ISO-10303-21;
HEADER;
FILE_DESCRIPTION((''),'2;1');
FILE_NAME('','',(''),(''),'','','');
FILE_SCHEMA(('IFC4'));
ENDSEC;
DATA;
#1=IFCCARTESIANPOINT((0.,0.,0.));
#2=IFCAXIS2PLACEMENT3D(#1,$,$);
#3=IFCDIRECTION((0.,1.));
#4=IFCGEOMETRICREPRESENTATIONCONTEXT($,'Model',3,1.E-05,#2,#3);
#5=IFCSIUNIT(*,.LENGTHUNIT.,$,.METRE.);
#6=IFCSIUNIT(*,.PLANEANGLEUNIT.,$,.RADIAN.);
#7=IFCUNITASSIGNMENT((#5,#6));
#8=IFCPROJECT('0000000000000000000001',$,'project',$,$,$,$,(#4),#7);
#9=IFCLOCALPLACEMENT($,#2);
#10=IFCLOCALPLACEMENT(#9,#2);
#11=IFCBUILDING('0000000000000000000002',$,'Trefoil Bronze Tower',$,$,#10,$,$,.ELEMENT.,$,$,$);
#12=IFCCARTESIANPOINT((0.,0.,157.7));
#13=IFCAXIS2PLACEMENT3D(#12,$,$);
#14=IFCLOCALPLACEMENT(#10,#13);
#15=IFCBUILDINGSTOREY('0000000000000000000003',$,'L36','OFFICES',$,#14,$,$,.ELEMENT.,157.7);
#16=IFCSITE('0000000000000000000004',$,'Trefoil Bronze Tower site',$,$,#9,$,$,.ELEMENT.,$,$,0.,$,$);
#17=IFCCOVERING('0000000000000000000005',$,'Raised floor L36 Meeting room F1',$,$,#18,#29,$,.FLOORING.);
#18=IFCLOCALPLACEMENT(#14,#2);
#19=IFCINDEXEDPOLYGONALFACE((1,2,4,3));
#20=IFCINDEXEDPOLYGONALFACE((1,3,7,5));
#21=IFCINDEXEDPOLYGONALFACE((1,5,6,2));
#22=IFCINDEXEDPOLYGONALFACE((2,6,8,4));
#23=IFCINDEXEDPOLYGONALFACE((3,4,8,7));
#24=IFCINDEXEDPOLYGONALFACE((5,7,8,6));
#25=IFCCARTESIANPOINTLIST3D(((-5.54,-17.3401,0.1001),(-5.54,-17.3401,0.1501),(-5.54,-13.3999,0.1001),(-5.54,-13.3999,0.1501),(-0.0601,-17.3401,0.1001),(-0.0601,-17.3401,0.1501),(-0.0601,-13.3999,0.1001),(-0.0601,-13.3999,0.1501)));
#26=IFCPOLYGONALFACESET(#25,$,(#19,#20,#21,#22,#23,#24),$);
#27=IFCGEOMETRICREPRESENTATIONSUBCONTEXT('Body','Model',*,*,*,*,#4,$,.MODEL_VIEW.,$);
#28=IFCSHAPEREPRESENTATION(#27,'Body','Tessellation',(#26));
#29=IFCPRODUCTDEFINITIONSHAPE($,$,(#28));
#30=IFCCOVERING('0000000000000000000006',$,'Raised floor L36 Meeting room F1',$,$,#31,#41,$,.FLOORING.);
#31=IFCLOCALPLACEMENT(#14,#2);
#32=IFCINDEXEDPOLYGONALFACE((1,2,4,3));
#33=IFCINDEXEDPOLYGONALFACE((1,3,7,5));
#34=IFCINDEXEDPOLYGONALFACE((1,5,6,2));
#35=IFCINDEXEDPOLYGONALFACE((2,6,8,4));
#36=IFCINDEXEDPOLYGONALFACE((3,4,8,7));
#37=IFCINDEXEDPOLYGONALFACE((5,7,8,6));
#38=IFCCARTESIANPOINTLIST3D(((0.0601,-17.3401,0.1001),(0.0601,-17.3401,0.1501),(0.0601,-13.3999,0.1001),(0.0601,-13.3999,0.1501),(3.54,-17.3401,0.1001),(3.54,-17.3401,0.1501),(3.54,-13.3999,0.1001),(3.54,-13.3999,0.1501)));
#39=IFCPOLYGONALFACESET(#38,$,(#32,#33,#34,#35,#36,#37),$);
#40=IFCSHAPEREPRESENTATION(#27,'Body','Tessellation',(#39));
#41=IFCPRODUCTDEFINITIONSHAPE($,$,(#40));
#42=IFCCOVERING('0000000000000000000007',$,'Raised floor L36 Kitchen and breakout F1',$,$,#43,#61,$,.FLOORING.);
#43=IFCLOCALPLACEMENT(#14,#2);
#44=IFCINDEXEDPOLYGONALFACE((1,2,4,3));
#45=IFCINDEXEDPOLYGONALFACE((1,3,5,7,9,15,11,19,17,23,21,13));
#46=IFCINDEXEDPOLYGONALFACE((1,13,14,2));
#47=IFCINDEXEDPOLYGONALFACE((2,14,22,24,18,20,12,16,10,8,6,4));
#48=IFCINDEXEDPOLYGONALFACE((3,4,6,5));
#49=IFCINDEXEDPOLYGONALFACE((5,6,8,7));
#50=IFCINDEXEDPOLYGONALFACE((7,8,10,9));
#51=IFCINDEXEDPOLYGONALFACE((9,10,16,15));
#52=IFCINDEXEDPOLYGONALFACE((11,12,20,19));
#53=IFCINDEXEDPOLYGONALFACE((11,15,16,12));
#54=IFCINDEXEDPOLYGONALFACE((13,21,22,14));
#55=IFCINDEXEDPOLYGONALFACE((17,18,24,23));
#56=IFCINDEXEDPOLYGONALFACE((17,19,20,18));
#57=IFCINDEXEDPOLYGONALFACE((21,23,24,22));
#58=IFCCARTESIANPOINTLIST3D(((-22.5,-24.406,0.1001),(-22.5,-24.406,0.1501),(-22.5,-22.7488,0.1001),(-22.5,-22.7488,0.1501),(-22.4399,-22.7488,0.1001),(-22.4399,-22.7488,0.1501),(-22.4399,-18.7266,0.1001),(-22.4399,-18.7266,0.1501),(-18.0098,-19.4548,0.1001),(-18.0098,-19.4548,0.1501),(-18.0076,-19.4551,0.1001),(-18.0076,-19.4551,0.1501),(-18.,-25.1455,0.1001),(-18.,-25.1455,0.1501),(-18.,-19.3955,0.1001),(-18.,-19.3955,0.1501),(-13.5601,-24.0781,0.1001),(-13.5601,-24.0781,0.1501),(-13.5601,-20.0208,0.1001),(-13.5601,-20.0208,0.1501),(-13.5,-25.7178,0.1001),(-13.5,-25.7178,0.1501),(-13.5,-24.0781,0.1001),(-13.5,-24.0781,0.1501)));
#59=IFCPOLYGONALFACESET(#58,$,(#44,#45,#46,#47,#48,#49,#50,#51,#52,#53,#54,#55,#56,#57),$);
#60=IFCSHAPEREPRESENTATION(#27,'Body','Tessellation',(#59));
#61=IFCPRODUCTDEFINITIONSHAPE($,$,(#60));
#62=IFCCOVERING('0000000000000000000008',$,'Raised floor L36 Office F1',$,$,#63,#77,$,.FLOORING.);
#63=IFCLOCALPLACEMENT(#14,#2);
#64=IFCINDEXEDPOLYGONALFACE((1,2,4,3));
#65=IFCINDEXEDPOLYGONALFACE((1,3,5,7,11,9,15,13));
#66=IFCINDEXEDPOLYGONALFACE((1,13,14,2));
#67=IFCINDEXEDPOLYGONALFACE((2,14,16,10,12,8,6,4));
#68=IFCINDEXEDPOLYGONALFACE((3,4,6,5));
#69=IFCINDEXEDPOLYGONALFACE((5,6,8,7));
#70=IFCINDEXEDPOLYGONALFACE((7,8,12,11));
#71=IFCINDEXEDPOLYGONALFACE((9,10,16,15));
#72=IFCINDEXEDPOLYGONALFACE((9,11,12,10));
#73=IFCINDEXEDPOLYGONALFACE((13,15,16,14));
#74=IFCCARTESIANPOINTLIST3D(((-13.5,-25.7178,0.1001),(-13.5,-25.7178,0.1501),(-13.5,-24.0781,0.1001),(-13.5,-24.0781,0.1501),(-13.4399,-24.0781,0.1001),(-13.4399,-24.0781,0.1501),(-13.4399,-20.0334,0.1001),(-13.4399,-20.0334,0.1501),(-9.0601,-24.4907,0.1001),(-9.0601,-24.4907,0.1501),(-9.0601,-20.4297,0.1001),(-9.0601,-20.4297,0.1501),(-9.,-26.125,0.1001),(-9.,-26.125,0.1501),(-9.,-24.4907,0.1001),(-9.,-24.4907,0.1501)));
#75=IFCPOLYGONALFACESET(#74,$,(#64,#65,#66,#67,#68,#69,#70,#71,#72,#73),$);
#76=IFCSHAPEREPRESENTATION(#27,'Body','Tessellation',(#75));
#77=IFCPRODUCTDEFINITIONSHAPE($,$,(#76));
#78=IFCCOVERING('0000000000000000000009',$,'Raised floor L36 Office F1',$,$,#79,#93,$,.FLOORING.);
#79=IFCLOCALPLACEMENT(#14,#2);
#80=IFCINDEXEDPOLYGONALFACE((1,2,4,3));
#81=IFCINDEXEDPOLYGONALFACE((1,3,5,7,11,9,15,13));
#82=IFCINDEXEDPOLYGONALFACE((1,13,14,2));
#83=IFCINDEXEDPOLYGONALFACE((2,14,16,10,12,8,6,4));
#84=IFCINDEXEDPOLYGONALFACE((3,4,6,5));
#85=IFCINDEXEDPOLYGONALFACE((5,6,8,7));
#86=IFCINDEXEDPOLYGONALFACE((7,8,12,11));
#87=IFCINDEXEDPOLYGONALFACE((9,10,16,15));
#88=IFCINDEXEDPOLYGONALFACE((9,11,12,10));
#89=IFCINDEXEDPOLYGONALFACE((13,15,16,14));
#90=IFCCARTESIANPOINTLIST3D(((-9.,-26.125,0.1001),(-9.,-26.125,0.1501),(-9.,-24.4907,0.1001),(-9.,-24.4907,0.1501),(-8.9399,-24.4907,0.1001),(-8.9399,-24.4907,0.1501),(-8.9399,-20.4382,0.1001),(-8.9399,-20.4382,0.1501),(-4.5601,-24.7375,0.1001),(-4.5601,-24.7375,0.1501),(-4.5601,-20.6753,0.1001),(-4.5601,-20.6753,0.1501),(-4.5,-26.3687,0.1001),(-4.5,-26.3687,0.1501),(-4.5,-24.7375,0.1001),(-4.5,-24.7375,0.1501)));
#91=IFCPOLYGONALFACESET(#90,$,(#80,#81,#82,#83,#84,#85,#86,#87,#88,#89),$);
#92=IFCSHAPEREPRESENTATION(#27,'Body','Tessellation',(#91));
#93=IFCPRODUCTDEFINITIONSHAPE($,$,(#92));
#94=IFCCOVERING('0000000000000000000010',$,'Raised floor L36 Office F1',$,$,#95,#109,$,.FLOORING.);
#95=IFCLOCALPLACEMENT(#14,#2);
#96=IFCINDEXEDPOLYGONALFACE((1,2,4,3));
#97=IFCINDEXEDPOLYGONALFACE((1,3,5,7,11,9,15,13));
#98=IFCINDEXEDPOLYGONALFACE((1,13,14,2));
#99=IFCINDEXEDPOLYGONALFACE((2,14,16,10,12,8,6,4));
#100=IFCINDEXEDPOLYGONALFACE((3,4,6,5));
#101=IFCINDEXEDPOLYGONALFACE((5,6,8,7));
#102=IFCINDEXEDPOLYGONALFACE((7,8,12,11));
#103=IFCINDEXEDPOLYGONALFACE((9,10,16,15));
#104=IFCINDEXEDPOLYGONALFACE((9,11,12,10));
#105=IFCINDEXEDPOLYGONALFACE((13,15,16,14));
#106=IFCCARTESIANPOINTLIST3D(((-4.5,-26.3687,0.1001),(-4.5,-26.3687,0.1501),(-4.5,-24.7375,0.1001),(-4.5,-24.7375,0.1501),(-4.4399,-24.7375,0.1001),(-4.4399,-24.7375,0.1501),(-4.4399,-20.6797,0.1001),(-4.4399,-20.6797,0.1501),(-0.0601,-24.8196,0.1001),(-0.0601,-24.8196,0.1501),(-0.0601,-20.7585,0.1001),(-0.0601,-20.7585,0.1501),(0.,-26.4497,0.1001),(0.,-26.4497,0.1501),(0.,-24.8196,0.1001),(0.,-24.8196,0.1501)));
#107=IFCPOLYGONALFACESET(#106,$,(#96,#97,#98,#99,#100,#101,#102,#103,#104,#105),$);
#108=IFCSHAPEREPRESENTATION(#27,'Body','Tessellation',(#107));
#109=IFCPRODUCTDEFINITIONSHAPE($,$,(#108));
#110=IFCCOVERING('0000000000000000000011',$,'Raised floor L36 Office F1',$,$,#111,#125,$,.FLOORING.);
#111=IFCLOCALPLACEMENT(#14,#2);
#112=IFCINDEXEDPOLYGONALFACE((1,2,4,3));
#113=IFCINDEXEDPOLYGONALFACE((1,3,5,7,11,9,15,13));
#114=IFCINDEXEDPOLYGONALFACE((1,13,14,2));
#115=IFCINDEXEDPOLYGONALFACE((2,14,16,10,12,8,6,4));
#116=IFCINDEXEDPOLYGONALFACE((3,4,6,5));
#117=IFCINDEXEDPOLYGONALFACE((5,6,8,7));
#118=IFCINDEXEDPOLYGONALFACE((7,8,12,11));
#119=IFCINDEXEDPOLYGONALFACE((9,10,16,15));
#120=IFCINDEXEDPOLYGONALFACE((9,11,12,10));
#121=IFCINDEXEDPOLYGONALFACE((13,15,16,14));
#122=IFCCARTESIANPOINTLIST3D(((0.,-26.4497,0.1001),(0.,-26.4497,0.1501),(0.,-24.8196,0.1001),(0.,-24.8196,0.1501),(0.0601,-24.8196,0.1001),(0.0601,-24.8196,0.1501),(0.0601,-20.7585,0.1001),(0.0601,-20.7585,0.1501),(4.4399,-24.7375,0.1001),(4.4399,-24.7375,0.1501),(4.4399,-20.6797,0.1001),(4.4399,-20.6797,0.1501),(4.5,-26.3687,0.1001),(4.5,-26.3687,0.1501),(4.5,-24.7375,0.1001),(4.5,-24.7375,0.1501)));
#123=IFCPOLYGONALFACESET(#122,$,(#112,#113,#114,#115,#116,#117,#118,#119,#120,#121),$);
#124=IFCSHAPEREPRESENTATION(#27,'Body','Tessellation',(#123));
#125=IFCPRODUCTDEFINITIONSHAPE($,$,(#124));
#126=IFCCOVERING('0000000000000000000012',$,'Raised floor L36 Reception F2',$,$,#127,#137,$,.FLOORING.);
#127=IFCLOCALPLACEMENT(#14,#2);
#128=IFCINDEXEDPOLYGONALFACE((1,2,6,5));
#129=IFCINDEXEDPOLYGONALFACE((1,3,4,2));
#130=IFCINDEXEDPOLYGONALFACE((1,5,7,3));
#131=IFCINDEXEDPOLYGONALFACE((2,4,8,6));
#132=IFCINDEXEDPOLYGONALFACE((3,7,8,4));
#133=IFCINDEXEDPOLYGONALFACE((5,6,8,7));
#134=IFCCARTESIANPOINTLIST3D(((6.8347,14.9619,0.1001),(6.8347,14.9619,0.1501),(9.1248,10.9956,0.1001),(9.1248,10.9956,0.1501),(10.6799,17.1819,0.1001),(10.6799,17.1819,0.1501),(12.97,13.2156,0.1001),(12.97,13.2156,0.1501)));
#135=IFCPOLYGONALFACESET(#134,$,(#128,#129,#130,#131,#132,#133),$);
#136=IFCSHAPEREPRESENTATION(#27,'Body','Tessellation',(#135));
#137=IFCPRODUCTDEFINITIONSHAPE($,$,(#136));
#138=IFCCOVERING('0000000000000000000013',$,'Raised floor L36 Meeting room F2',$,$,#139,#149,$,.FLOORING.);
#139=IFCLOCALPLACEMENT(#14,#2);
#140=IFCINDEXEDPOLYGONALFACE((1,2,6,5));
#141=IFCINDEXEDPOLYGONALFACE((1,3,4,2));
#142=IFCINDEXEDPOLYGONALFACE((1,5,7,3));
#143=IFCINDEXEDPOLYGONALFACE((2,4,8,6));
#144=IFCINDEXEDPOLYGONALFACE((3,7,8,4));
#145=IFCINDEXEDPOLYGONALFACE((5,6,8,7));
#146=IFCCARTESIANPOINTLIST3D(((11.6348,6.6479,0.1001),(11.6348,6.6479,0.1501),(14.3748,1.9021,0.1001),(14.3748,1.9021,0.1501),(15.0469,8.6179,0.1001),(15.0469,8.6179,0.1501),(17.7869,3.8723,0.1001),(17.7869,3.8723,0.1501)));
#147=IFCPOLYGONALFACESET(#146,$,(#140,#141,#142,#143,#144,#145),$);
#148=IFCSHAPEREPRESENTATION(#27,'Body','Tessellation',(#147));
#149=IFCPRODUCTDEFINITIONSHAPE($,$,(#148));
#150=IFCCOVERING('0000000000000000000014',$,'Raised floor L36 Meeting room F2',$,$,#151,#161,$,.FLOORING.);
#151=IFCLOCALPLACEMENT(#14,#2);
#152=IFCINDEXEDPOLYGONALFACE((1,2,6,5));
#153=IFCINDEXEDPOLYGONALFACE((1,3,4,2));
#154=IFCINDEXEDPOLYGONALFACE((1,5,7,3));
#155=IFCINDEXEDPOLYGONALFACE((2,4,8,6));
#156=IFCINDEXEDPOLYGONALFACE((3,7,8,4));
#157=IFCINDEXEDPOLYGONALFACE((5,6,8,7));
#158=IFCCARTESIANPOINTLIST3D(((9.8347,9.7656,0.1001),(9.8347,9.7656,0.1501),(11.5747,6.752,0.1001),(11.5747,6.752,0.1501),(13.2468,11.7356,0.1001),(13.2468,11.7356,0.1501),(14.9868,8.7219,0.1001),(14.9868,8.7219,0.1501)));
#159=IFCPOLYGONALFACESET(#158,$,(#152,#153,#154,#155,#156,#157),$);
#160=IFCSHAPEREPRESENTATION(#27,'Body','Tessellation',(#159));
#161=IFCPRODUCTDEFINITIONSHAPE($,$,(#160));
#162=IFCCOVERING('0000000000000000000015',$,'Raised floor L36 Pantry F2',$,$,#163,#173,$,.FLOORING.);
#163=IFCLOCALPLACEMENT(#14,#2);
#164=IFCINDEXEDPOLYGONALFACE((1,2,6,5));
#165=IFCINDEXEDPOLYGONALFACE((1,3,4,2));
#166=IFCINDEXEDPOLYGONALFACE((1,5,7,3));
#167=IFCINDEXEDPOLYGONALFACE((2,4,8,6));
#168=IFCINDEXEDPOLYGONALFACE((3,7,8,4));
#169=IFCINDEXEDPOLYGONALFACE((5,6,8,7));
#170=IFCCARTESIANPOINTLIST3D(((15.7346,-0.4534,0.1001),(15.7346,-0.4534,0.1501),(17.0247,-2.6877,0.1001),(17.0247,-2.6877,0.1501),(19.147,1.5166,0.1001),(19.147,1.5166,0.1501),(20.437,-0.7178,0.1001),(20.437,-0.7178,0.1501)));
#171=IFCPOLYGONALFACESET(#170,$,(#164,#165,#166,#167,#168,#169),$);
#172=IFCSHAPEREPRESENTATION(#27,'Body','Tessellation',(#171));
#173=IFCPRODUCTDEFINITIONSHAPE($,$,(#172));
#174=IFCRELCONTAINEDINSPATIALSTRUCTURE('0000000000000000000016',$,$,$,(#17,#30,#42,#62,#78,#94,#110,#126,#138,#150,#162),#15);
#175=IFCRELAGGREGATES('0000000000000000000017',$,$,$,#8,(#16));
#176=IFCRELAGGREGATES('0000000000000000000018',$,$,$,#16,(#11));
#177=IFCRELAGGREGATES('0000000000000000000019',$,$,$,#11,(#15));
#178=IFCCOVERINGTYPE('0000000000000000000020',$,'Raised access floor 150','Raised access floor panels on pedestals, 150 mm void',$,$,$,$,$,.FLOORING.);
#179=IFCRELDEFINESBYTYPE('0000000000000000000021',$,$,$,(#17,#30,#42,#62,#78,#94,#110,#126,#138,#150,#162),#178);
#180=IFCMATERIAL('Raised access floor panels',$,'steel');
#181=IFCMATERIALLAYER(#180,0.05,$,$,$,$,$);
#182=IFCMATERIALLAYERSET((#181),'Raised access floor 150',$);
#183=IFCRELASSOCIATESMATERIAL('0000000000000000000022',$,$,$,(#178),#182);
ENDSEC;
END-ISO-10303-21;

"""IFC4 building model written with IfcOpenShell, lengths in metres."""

from ifc_helpers import new_model, si_unit, direction, frame, origin, place, context, subcontext, project, spatial, polyline, outline, extrude, material, layer, layer_set, type_object, element, save


model = new_model("IFC4")

# Units and contexts
model_context = context("Model", 3, precision=1e-05, world=origin(), true_north=direction((0.0, 1.0)))
body_context = subcontext(model_context, "Body", "Model", "MODEL_VIEW")
ifc_project = project(units=[si_unit("LENGTHUNIT", "METRE"), si_unit("PLANEANGLEUNIT", "RADIAN")], contexts=[model_context])

# Site, building, storey
site_placement = place(None, origin())
site = spatial("IfcSite", under=ifc_project, at=site_placement, Name="Trefoil Bronze Tower site", CompositionType="ELEMENT", RefElevation=0.0)
building_placement = place(site_placement, origin())
building = spatial("IfcBuilding", under=site, at=building_placement, Name="Trefoil Bronze Tower", CompositionType="ELEMENT")
storey_placement = place(building_placement, frame((0.0, 0.0, 157.7)))
storey = spatial("IfcBuildingStorey", under=building, at=storey_placement, Name="L36", Description="OFFICES", CompositionType="ELEMENT", Elevation=157.7)

# Coverings
ifc_material_1 = material(Name="Raised access floor panels", Category="steel")
ifc_layer_1 = layer(ifc_material_1, 0.05)
ifc_layer_set_1 = layer_set([ifc_layer_1], Name="Raised access floor 150")
covering_type_1 = type_object("IfcCoveringType", Name="Raised access floor 150", Description="Raised access floor panels on pedestals, 150 mm void", PredefinedType="FLOORING", material=ifc_layer_set_1)
covering_1_placement = place(storey_placement, frame((0.0, 0.0, 0.1001)))
element("IfcCovering", 1, at=covering_1_placement, inside=storey, type_object=covering_type_1, Name="Raised floor L36 Meeting room F1", PredefinedType="FLOORING", context=body_context, shape_type="SweptSolid", body=[
    extrude(outline(polyline([(-0.0601, -13.3999), (-0.0601, -17.3401), (-5.54, -17.3401), (-5.54, -13.3999), (-0.0601, -13.3999)])), origin(), (0.0, 0.0, 1.0), 0.05),
])
covering_2_placement = place(storey_placement, frame((0.0, 0.0, 0.1001)))
element("IfcCovering", 2, at=covering_2_placement, inside=storey, type_object=covering_type_1, Name="Raised floor L36 Meeting room F1", PredefinedType="FLOORING", context=body_context, shape_type="SweptSolid", body=[
    extrude(outline(polyline([(3.54, -13.3999), (3.54, -17.3401), (0.0601, -17.3401), (0.0601, -13.3999), (3.54, -13.3999)])), origin(), (0.0, 0.0, 1.0), 0.05),
])
covering_3_placement = place(storey_placement, frame((0.0, 0.0, 0.1001)))
element("IfcCovering", 3, at=covering_3_placement, inside=storey, type_object=covering_type_1, Name="Raised floor L36 Kitchen and breakout F1", PredefinedType="FLOORING", context=body_context, shape_type="SweptSolid", body=[
    extrude(outline(polyline([(-18.0, -25.1455), (-22.5, -24.406), (-22.5, -22.7488), (-22.4399, -22.7488), (-22.4399, -18.7266), (-18.0098, -19.4548), (-18.0, -19.3955), (-18.0076, -19.4551), (-13.5601, -20.0208), (-13.5601, -24.0781), (-13.5, -24.0781), (-13.5, -25.7178), (-18.0, -25.1455)])), origin(), (0.0, 0.0, 1.0), 0.05),
])
covering_4_placement = place(storey_placement, frame((0.0, 0.0, 0.1001)))
element("IfcCovering", 4, at=covering_4_placement, inside=storey, type_object=covering_type_1, Name="Raised floor L36 Office F1", PredefinedType="FLOORING", context=body_context, shape_type="SweptSolid", body=[
    extrude(outline(polyline([(-9.0, -26.125), (-13.5, -25.7178), (-13.5, -24.0781), (-13.4399, -24.0781), (-13.4399, -20.0334), (-9.0601, -20.4297), (-9.0601, -24.4907), (-9.0, -24.4907), (-9.0, -26.125)])), origin(), (0.0, 0.0, 1.0), 0.05),
])
covering_5_placement = place(storey_placement, frame((0.0, 0.0, 0.1001)))
element("IfcCovering", 5, at=covering_5_placement, inside=storey, type_object=covering_type_1, Name="Raised floor L36 Office F1", PredefinedType="FLOORING", context=body_context, shape_type="SweptSolid", body=[
    extrude(outline(polyline([(-4.5, -26.3687), (-9.0, -26.125), (-9.0, -24.4907), (-8.9399, -24.4907), (-8.9399, -20.4382), (-4.5601, -20.6753), (-4.5601, -24.7375), (-4.5, -24.7375), (-4.5, -26.3687)])), origin(), (0.0, 0.0, 1.0), 0.05),
])
covering_6_placement = place(storey_placement, frame((0.0, 0.0, 0.1001)))
element("IfcCovering", 6, at=covering_6_placement, inside=storey, type_object=covering_type_1, Name="Raised floor L36 Office F1", PredefinedType="FLOORING", context=body_context, shape_type="SweptSolid", body=[
    extrude(outline(polyline([(0.0, -26.4497), (-4.5, -26.3687), (-4.5, -24.7375), (-4.4399, -24.7375), (-4.4399, -20.6797), (-0.0601, -20.7585), (-0.0601, -24.8196), (0.0, -24.8196), (0.0, -26.4497)])), origin(), (0.0, 0.0, 1.0), 0.05),
])
covering_7_placement = place(storey_placement, frame((0.0, 0.0, 0.1001)))
element("IfcCovering", 7, at=covering_7_placement, inside=storey, type_object=covering_type_1, Name="Raised floor L36 Office F1", PredefinedType="FLOORING", context=body_context, shape_type="SweptSolid", body=[
    extrude(outline(polyline([(4.5, -26.3687), (0.0, -26.4497), (0.0, -24.8196), (0.0601, -24.8196), (0.0601, -20.7585), (4.4399, -20.6797), (4.4399, -24.7375), (4.5, -24.7375), (4.5, -26.3687)])), origin(), (0.0, 0.0, 1.0), 0.05),
])
covering_8_placement = place(storey_placement, frame((0.0, 0.0, 0.1001)))
element("IfcCovering", 8, at=covering_8_placement, inside=storey, type_object=covering_type_1, Name="Raised floor L36 Reception F2", PredefinedType="FLOORING", context=body_context, shape_type="SweptSolid", body=[
    extrude(outline(polyline([(6.8347, 14.9619), (10.6799, 17.1819), (12.97, 13.2156), (9.1248, 10.9956), (6.8347, 14.9619)])), origin(), (0.0, 0.0, 1.0), 0.05),
])
covering_9_placement = place(storey_placement, frame((0.0, 0.0, 0.1001)))
element("IfcCovering", 9, at=covering_9_placement, inside=storey, type_object=covering_type_1, Name="Raised floor L36 Meeting room F2", PredefinedType="FLOORING", context=body_context, shape_type="SweptSolid", body=[
    extrude(outline(polyline([(11.6348, 6.6479), (15.0469, 8.6179), (17.7869, 3.8723), (14.3748, 1.9021), (11.6348, 6.6479)])), origin(), (0.0, 0.0, 1.0), 0.05),
])
covering_10_placement = place(storey_placement, frame((0.0, 0.0, 0.1001)))
element("IfcCovering", 10, at=covering_10_placement, inside=storey, type_object=covering_type_1, Name="Raised floor L36 Meeting room F2", PredefinedType="FLOORING", context=body_context, shape_type="SweptSolid", body=[
    extrude(outline(polyline([(9.8347, 9.7656), (13.2468, 11.7356), (14.9868, 8.7219), (11.5747, 6.752), (9.8347, 9.7656)])), origin(), (0.0, 0.0, 1.0), 0.05),
])
covering_11_placement = place(storey_placement, frame((0.0, 0.0, 0.1001)))
element("IfcCovering", 11, at=covering_11_placement, inside=storey, type_object=covering_type_1, Name="Raised floor L36 Pantry F2", PredefinedType="FLOORING", context=body_context, shape_type="SweptSolid", body=[
    extrude(outline(polyline([(15.7346, -0.4534), (19.147, 1.5166), (20.437, -0.7178), (17.0247, -2.6877), (15.7346, -0.4534)])), origin(), (0.0, 0.0, 1.0), 0.05),
])

save(model, "model.ifc")
